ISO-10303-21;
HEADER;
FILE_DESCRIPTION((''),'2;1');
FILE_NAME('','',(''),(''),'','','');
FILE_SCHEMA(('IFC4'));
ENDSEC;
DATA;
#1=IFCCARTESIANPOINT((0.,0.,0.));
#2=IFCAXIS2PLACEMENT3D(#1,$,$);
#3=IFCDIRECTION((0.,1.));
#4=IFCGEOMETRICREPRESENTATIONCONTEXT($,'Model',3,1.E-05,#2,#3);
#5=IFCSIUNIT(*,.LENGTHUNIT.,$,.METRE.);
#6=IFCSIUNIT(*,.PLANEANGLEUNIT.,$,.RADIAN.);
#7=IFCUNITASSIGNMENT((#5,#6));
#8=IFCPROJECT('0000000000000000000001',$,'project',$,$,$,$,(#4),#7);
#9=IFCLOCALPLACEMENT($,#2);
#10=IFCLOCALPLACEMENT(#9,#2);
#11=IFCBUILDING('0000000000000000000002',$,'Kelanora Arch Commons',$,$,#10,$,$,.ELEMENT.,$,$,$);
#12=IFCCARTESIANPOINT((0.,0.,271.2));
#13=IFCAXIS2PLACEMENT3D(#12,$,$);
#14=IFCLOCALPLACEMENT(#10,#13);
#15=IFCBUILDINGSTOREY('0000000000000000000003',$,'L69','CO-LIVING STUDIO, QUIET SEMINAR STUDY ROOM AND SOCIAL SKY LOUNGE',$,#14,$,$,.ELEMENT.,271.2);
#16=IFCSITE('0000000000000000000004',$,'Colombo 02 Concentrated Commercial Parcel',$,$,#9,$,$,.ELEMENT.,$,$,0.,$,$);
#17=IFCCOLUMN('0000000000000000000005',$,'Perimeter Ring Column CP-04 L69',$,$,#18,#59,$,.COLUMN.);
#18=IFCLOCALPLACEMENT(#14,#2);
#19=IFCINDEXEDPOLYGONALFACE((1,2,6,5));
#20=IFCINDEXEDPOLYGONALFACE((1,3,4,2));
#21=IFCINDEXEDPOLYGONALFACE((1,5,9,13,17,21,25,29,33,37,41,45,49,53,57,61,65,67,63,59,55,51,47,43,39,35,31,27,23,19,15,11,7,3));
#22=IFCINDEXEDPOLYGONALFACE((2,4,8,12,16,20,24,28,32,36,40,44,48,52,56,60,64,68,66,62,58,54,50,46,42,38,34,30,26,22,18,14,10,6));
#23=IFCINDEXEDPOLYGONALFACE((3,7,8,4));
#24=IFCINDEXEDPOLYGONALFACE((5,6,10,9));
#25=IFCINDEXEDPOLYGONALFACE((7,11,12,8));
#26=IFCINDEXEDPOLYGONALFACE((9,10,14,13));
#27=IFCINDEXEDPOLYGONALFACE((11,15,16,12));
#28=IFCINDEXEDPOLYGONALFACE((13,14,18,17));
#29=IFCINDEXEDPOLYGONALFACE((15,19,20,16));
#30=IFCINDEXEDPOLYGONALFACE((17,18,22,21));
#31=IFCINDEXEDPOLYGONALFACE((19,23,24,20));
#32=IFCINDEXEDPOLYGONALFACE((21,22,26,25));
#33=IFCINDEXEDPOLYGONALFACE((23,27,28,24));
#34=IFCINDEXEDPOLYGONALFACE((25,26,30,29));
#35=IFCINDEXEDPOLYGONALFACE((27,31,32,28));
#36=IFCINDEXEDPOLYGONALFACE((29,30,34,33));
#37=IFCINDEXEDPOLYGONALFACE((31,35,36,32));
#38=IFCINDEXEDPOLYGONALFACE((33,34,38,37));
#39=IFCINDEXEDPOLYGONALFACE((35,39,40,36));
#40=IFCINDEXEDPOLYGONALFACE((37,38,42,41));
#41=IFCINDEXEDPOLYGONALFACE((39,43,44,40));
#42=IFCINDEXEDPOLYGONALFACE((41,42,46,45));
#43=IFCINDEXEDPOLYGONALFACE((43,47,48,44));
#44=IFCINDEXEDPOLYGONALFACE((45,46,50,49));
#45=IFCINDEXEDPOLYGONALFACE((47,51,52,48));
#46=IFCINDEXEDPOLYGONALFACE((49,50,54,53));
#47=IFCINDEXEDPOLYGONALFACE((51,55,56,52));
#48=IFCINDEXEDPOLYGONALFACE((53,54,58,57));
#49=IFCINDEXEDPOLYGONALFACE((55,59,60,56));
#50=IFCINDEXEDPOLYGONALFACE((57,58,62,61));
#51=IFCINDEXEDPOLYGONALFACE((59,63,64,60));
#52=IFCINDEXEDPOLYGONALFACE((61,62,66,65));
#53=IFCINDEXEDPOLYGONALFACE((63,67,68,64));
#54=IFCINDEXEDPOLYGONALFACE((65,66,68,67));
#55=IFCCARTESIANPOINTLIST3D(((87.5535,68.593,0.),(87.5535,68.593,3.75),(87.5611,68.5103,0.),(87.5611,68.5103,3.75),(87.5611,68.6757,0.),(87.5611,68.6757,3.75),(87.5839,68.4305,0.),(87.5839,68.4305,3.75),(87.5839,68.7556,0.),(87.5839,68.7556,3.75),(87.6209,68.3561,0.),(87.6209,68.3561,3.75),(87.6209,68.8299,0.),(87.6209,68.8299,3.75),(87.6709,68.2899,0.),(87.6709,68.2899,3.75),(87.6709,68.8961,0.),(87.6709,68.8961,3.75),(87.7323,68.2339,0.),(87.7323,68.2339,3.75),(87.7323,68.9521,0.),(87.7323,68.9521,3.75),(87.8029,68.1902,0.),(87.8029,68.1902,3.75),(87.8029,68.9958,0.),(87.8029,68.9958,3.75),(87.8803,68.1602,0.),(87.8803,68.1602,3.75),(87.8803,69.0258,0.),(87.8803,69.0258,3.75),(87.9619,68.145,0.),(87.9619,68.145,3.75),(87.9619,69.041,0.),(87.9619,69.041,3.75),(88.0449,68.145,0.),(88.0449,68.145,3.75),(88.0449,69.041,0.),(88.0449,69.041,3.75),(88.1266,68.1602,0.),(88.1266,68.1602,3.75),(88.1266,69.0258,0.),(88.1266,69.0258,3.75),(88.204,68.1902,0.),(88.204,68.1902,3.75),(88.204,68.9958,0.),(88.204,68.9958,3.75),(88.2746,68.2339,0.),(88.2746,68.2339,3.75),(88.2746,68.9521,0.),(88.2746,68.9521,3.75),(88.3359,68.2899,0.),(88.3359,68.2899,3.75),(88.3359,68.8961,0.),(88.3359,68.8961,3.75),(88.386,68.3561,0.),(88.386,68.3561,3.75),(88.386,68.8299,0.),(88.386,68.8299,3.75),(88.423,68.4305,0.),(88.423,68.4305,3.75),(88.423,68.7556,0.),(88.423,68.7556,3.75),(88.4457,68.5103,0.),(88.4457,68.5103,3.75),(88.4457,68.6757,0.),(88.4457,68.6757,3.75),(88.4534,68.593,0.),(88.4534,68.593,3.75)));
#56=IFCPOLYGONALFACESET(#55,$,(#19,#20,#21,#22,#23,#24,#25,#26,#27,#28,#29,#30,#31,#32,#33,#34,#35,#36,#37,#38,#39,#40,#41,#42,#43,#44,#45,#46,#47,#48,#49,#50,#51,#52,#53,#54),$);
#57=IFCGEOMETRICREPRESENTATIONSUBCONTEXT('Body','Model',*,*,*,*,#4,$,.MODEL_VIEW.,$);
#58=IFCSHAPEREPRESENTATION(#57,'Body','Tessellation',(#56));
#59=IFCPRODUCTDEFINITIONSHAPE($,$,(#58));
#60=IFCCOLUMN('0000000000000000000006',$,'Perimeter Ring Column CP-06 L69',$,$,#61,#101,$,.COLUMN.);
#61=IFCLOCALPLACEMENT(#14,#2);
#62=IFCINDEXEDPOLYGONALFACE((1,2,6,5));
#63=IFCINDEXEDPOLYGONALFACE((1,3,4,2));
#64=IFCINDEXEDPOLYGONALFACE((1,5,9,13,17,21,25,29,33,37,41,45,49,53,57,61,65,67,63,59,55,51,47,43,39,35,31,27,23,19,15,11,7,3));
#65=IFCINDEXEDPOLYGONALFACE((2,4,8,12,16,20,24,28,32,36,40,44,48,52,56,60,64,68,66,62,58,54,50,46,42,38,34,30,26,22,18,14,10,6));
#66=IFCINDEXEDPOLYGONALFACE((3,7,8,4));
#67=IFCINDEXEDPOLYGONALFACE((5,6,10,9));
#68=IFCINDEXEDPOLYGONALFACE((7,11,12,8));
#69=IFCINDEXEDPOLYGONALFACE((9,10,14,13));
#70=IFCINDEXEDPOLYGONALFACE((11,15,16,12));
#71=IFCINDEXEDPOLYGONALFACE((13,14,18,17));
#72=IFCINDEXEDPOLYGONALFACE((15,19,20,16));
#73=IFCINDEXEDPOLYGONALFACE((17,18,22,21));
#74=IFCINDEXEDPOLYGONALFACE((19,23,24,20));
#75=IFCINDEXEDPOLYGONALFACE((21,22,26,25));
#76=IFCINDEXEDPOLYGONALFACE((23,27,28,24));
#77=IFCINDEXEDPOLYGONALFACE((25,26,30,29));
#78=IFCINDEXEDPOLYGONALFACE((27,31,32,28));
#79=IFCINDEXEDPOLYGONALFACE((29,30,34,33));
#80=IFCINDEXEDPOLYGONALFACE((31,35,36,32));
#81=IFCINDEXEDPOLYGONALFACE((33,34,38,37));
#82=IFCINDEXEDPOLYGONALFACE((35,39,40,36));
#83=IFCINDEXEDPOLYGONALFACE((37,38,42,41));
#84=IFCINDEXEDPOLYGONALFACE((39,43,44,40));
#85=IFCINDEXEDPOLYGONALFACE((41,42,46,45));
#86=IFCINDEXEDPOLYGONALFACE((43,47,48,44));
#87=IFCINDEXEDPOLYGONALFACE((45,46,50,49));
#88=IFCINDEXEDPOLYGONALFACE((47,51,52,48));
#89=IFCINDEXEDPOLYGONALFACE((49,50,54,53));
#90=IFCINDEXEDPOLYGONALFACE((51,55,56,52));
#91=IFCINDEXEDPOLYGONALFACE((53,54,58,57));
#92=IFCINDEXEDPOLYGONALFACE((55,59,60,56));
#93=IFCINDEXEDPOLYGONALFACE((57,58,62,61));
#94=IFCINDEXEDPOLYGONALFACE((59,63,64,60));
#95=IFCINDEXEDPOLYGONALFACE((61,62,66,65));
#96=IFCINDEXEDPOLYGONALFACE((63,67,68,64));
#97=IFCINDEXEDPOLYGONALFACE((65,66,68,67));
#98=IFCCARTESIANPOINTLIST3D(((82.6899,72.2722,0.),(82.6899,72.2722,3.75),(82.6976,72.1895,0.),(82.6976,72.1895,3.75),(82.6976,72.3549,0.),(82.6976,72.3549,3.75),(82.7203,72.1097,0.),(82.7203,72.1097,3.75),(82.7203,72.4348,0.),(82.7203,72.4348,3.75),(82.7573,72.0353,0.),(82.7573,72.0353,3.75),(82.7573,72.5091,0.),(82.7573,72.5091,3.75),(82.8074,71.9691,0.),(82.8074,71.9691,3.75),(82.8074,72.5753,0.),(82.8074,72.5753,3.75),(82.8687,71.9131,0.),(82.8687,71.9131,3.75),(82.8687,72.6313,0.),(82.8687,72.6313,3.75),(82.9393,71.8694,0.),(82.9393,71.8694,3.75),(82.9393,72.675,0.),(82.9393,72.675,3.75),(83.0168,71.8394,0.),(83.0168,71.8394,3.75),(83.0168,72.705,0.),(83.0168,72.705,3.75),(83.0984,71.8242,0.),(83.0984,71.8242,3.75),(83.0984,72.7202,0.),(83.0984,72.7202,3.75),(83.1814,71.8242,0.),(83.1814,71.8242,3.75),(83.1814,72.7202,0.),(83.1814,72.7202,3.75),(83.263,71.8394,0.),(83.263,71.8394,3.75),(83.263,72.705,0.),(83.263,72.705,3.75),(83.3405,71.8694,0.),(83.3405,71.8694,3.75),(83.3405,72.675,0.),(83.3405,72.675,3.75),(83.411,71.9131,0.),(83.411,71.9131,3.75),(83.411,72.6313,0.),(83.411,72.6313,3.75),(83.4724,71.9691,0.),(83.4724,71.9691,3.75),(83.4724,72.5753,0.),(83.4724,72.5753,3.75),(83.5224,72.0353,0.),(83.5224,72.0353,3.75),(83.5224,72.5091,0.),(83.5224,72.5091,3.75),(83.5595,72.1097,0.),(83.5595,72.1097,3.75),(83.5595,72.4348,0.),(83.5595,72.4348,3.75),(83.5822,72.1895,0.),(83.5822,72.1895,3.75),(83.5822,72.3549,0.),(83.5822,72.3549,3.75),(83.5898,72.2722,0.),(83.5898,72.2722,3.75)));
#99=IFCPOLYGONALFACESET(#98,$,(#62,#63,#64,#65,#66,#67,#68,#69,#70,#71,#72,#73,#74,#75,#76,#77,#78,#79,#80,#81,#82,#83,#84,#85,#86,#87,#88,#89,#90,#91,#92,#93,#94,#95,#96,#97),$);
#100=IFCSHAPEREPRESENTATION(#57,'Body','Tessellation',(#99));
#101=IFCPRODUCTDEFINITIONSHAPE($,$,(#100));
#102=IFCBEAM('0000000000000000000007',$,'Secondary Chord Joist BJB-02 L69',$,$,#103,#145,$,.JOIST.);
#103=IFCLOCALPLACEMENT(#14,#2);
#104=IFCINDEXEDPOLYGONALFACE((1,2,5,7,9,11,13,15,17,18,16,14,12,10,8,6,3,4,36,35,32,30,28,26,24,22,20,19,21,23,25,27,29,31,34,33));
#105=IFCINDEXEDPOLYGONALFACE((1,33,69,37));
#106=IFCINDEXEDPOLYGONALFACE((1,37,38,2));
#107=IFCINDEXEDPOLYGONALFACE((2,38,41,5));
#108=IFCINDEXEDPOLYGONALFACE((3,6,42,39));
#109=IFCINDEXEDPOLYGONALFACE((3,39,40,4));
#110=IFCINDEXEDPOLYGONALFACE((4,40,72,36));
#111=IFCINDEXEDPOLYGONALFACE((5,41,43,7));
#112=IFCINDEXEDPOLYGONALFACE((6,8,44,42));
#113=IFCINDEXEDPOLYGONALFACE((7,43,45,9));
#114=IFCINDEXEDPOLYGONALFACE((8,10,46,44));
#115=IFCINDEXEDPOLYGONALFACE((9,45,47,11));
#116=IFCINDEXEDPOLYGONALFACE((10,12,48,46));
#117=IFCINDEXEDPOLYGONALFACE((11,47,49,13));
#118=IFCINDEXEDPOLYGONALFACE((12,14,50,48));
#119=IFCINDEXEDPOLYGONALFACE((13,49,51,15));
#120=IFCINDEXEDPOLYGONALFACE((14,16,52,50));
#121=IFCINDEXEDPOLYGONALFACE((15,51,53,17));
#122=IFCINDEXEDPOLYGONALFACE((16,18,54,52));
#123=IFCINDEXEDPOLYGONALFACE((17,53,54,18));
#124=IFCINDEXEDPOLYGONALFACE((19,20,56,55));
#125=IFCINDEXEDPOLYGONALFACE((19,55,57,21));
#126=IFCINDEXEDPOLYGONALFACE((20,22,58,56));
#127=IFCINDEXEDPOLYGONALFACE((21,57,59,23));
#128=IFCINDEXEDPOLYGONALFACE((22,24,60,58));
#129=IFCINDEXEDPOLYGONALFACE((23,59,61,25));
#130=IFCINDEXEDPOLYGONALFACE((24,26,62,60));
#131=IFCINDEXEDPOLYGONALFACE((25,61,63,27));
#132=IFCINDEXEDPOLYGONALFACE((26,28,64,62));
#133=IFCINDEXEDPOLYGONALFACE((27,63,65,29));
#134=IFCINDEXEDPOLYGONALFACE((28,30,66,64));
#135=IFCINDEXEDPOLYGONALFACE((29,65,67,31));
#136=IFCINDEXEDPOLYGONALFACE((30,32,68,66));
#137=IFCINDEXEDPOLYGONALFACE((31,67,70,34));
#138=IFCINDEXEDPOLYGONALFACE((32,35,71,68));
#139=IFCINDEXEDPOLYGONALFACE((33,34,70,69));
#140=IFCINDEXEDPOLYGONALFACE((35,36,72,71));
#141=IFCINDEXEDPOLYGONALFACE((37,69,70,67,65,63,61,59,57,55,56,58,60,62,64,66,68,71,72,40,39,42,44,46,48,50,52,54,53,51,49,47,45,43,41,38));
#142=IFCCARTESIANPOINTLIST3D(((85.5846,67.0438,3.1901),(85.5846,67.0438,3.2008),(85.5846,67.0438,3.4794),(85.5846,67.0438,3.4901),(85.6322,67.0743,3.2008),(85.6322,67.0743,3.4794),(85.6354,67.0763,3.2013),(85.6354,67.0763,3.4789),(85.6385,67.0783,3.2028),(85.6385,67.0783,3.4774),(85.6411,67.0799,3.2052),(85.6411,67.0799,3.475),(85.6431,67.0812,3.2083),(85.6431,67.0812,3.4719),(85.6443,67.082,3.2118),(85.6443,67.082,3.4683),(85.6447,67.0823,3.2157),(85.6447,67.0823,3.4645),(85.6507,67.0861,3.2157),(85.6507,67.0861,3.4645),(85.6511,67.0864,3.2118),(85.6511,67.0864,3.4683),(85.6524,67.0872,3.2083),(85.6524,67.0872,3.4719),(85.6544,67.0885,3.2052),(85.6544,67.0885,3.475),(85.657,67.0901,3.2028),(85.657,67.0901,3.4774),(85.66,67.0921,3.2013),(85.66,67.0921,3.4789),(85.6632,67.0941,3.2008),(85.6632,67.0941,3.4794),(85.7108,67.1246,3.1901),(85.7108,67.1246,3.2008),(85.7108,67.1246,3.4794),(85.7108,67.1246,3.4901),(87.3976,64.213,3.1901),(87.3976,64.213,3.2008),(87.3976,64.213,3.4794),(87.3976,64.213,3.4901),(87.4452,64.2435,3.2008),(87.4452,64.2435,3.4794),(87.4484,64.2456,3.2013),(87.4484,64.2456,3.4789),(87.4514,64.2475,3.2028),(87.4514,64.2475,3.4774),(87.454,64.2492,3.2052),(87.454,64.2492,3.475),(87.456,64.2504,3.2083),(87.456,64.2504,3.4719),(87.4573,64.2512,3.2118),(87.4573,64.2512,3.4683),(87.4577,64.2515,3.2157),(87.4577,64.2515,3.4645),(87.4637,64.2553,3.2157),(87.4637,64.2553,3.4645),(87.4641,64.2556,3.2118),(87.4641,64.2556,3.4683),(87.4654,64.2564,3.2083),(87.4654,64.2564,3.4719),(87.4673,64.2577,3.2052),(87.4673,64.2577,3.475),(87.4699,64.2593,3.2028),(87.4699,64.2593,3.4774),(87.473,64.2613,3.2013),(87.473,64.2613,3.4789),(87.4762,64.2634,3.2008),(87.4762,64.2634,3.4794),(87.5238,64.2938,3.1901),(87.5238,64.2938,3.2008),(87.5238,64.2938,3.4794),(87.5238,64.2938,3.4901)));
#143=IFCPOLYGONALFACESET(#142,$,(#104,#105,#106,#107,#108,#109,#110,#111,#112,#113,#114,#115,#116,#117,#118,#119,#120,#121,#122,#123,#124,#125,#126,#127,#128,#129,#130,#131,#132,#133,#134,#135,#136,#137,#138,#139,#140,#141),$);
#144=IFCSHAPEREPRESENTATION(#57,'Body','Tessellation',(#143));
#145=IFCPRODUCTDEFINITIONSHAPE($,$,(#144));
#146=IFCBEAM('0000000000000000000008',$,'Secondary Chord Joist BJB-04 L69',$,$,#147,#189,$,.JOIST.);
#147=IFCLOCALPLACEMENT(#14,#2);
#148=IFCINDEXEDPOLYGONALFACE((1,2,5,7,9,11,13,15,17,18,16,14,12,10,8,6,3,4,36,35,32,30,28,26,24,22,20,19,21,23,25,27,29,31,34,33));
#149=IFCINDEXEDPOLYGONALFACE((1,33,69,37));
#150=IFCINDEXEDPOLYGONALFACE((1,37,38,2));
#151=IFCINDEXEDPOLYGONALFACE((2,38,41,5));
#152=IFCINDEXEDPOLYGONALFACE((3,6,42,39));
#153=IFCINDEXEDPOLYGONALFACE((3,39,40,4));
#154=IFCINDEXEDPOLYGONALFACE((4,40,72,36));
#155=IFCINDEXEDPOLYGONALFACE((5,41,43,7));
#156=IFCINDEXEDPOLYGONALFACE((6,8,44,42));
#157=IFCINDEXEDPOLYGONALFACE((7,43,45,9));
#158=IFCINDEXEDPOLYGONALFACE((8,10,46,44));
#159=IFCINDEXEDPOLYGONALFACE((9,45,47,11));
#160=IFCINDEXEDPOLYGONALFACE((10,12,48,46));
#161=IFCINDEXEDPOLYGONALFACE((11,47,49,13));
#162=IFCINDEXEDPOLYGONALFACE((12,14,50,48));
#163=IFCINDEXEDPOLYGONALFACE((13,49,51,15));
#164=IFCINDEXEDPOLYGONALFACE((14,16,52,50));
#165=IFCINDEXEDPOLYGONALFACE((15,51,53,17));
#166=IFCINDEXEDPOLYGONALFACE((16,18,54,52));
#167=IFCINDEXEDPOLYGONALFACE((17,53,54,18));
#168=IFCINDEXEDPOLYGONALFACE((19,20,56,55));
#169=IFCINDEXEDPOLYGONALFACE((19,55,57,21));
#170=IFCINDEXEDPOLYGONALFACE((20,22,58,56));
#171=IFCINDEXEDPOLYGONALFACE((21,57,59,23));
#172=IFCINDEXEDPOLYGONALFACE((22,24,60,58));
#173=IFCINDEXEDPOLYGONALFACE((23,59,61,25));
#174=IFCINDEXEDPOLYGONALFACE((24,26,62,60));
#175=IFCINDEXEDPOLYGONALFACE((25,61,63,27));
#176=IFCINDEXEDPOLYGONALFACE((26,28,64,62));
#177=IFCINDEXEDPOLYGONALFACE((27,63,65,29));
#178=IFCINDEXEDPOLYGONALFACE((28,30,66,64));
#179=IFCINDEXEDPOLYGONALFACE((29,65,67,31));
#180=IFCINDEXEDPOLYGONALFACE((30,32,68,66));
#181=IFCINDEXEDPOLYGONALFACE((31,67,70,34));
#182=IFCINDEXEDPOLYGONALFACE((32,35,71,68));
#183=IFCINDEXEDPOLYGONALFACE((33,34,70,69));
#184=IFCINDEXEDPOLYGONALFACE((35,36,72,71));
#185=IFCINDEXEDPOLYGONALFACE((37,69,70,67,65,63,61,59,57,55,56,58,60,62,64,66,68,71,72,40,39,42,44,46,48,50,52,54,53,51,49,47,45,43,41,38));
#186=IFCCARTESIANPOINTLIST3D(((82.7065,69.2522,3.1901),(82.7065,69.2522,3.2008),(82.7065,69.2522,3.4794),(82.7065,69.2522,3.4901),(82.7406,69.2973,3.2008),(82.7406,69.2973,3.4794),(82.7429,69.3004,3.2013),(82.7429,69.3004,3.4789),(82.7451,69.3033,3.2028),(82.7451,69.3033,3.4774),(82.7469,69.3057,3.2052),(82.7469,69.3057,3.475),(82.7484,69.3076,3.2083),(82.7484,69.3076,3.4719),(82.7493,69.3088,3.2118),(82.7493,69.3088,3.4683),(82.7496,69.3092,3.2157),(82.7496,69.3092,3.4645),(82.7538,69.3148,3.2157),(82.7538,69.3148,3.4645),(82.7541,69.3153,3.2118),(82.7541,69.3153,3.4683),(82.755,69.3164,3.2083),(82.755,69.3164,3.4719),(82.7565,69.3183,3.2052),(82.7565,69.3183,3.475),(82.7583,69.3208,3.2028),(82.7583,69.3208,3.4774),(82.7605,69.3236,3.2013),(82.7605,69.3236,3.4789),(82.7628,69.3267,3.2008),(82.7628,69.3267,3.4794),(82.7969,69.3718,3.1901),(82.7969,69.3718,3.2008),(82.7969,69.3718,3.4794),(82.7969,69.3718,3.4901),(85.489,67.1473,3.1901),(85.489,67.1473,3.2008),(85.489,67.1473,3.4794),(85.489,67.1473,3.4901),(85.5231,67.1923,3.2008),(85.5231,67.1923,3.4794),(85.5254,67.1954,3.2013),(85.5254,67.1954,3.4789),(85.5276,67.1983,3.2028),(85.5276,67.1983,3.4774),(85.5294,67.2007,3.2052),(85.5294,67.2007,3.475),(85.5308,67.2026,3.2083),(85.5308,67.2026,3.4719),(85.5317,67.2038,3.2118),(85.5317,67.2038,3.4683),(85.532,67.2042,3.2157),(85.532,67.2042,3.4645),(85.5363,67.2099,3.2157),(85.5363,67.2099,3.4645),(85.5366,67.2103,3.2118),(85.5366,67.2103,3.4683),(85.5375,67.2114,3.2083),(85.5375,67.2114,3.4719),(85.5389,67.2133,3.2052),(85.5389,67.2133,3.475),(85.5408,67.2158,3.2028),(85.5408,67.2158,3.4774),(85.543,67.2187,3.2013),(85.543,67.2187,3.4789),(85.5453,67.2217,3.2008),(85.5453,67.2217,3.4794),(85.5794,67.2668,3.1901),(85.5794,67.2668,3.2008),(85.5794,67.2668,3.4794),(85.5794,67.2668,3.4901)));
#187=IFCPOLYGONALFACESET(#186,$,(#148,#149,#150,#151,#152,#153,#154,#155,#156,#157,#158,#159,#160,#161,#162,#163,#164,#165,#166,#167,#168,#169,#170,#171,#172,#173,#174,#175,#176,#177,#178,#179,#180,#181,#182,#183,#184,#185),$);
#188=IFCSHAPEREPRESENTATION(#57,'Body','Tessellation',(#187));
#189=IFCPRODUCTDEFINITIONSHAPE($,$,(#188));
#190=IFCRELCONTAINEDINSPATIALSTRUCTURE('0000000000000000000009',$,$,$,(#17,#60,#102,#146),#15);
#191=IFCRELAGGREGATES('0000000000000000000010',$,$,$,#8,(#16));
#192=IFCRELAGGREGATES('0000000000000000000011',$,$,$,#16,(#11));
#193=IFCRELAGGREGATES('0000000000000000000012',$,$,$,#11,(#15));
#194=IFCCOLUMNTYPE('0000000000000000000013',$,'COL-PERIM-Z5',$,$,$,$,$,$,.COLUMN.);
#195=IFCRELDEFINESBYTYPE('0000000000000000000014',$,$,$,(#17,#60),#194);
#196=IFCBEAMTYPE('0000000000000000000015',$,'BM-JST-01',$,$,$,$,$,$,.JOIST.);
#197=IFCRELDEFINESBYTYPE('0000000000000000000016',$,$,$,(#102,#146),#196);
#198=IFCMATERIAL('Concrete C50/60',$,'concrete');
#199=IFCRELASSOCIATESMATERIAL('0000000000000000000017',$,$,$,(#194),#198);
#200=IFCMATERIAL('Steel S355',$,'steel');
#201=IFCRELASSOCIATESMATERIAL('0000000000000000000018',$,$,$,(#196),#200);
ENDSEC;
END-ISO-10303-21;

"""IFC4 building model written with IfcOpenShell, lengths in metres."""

from ifc_helpers import new_model, si_unit, direction, frame, origin, origin_2d, place, context, subcontext, project, spatial, circle, i_section, extrude, material, material_profile, profile_set, type_object, element, save


model = new_model("IFC4")

# Units and contexts
model_context = context("Model", 3, precision=1e-05, world=origin(), true_north=direction((0.0, 1.0)))
body_context = subcontext(model_context, "Body", "Model", "MODEL_VIEW")
ifc_project = project(units=[si_unit("LENGTHUNIT", "METRE"), si_unit("PLANEANGLEUNIT", "RADIAN")], contexts=[model_context])

# Site, building, storey
site_placement = place(None, origin())
site = spatial("IfcSite", under=ifc_project, at=site_placement, Name="Colombo 02 Concentrated Commercial Parcel", CompositionType="ELEMENT", RefElevation=0.0)
building_placement = place(site_placement, origin())
building = spatial("IfcBuilding", under=site, at=building_placement, Name="Kelanora Arch Commons", CompositionType="ELEMENT")
storey_placement = place(building_placement, frame((0.0, 0.0, 271.2)))
storey = spatial("IfcBuildingStorey", under=building, at=storey_placement, Name="L69", Description="CO-LIVING STUDIO, QUIET SEMINAR STUDY ROOM AND SOCIAL SKY LOUNGE", CompositionType="ELEMENT", Elevation=271.2)

# Columns
ifc_material_1 = material(Name="Concrete C50/60", Category="concrete")
ifc_material_profile_1 = material_profile(ifc_material_1, circle(Radius=0.45, at=origin_2d()), Name="RCC900")
ifc_profile_set_1 = profile_set([ifc_material_profile_1], Name="Concrete C50/60")
column_type = type_object("IfcColumnType", Name="COL-PERIM-Z5", PredefinedType="COLUMN", material=ifc_profile_set_1)
for number, where, z_axis, x_axis, name in (
    (1, (88.0034, 68.593, 0.0), (0.0, 0.0, 1.0), (1.0, 0.0, 0.0), "Perimeter Ring Column CP-04 L69"),
    (2, (83.1399, 72.2722, 0.0), (0.0, 0.0, 1.0), (1.0, 0.0, 0.0), "Perimeter Ring Column CP-06 L69"),
):
    element("IfcColumn", number, at=place(storey_placement, frame(where, z_axis=z_axis, x_axis=x_axis)), inside=storey, type_object=column_type, Name=name, PredefinedType="COLUMN", context=body_context, shape_type="SweptSolid", body=[
        extrude(circle(Radius=0.45, at=origin_2d()), origin(), (0.0, 0.0, 1.0), 3.75),
    ])

# Beams
ifc_material_2 = material(Name="Steel S355", Category="steel")
ifc_material_profile_2 = material_profile(ifc_material_2, i_section(OverallWidth=0.1499, OverallDepth=0.3, WebThickness=0.0071, FlangeThickness=0.0107, FilletRadius=0.0149, at=origin_2d()), Name="IPE300")
ifc_profile_set_2 = profile_set([ifc_material_profile_2], Name="Steel S355")
beam_type_1 = type_object("IfcBeamType", Name="BM-JST-01", PredefinedType="JOIST", material=ifc_profile_set_2)
beam_1_placement = place(storey_placement, frame((87.4607, 64.2534, 3.3401), z_axis=(-0.539322, 0.8421, 0.0), x_axis=(-0.8421, -0.539322, 0.0)))
element("IfcBeam", 3, at=beam_1_placement, inside=storey, type_object=beam_type_1, Name="Secondary Chord Joist BJB-02 L69", PredefinedType="JOIST", context=body_context, shape_type="SweptSolid", body=[
    extrude(i_section(OverallWidth=0.1499, OverallDepth=0.3, WebThickness=0.0071, FlangeThickness=0.0107, FilletRadius=0.0149, at=origin_2d()), origin(), (0.0, 0.0, 1.0), 3.3616),
])
beam_2_placement = place(storey_placement, frame((85.5342, 67.207, 3.3401), z_axis=(-0.797499, 0.60332, 0.0), x_axis=(-0.60332, -0.797499, 0.0)))
element("IfcBeam", 4, at=beam_2_placement, inside=storey, type_object=beam_type_1, Name="Secondary Chord Joist BJB-04 L69", PredefinedType="JOIST", context=body_context, shape_type="SweptSolid", body=[
    extrude(i_section(OverallWidth=0.1499, OverallDepth=0.3, WebThickness=0.0071, FlangeThickness=0.0107, FilletRadius=0.0149, at=origin_2d()), origin(), (0.0, 0.0, 1.0), 3.489),
])

save(model, "model.ifc")
